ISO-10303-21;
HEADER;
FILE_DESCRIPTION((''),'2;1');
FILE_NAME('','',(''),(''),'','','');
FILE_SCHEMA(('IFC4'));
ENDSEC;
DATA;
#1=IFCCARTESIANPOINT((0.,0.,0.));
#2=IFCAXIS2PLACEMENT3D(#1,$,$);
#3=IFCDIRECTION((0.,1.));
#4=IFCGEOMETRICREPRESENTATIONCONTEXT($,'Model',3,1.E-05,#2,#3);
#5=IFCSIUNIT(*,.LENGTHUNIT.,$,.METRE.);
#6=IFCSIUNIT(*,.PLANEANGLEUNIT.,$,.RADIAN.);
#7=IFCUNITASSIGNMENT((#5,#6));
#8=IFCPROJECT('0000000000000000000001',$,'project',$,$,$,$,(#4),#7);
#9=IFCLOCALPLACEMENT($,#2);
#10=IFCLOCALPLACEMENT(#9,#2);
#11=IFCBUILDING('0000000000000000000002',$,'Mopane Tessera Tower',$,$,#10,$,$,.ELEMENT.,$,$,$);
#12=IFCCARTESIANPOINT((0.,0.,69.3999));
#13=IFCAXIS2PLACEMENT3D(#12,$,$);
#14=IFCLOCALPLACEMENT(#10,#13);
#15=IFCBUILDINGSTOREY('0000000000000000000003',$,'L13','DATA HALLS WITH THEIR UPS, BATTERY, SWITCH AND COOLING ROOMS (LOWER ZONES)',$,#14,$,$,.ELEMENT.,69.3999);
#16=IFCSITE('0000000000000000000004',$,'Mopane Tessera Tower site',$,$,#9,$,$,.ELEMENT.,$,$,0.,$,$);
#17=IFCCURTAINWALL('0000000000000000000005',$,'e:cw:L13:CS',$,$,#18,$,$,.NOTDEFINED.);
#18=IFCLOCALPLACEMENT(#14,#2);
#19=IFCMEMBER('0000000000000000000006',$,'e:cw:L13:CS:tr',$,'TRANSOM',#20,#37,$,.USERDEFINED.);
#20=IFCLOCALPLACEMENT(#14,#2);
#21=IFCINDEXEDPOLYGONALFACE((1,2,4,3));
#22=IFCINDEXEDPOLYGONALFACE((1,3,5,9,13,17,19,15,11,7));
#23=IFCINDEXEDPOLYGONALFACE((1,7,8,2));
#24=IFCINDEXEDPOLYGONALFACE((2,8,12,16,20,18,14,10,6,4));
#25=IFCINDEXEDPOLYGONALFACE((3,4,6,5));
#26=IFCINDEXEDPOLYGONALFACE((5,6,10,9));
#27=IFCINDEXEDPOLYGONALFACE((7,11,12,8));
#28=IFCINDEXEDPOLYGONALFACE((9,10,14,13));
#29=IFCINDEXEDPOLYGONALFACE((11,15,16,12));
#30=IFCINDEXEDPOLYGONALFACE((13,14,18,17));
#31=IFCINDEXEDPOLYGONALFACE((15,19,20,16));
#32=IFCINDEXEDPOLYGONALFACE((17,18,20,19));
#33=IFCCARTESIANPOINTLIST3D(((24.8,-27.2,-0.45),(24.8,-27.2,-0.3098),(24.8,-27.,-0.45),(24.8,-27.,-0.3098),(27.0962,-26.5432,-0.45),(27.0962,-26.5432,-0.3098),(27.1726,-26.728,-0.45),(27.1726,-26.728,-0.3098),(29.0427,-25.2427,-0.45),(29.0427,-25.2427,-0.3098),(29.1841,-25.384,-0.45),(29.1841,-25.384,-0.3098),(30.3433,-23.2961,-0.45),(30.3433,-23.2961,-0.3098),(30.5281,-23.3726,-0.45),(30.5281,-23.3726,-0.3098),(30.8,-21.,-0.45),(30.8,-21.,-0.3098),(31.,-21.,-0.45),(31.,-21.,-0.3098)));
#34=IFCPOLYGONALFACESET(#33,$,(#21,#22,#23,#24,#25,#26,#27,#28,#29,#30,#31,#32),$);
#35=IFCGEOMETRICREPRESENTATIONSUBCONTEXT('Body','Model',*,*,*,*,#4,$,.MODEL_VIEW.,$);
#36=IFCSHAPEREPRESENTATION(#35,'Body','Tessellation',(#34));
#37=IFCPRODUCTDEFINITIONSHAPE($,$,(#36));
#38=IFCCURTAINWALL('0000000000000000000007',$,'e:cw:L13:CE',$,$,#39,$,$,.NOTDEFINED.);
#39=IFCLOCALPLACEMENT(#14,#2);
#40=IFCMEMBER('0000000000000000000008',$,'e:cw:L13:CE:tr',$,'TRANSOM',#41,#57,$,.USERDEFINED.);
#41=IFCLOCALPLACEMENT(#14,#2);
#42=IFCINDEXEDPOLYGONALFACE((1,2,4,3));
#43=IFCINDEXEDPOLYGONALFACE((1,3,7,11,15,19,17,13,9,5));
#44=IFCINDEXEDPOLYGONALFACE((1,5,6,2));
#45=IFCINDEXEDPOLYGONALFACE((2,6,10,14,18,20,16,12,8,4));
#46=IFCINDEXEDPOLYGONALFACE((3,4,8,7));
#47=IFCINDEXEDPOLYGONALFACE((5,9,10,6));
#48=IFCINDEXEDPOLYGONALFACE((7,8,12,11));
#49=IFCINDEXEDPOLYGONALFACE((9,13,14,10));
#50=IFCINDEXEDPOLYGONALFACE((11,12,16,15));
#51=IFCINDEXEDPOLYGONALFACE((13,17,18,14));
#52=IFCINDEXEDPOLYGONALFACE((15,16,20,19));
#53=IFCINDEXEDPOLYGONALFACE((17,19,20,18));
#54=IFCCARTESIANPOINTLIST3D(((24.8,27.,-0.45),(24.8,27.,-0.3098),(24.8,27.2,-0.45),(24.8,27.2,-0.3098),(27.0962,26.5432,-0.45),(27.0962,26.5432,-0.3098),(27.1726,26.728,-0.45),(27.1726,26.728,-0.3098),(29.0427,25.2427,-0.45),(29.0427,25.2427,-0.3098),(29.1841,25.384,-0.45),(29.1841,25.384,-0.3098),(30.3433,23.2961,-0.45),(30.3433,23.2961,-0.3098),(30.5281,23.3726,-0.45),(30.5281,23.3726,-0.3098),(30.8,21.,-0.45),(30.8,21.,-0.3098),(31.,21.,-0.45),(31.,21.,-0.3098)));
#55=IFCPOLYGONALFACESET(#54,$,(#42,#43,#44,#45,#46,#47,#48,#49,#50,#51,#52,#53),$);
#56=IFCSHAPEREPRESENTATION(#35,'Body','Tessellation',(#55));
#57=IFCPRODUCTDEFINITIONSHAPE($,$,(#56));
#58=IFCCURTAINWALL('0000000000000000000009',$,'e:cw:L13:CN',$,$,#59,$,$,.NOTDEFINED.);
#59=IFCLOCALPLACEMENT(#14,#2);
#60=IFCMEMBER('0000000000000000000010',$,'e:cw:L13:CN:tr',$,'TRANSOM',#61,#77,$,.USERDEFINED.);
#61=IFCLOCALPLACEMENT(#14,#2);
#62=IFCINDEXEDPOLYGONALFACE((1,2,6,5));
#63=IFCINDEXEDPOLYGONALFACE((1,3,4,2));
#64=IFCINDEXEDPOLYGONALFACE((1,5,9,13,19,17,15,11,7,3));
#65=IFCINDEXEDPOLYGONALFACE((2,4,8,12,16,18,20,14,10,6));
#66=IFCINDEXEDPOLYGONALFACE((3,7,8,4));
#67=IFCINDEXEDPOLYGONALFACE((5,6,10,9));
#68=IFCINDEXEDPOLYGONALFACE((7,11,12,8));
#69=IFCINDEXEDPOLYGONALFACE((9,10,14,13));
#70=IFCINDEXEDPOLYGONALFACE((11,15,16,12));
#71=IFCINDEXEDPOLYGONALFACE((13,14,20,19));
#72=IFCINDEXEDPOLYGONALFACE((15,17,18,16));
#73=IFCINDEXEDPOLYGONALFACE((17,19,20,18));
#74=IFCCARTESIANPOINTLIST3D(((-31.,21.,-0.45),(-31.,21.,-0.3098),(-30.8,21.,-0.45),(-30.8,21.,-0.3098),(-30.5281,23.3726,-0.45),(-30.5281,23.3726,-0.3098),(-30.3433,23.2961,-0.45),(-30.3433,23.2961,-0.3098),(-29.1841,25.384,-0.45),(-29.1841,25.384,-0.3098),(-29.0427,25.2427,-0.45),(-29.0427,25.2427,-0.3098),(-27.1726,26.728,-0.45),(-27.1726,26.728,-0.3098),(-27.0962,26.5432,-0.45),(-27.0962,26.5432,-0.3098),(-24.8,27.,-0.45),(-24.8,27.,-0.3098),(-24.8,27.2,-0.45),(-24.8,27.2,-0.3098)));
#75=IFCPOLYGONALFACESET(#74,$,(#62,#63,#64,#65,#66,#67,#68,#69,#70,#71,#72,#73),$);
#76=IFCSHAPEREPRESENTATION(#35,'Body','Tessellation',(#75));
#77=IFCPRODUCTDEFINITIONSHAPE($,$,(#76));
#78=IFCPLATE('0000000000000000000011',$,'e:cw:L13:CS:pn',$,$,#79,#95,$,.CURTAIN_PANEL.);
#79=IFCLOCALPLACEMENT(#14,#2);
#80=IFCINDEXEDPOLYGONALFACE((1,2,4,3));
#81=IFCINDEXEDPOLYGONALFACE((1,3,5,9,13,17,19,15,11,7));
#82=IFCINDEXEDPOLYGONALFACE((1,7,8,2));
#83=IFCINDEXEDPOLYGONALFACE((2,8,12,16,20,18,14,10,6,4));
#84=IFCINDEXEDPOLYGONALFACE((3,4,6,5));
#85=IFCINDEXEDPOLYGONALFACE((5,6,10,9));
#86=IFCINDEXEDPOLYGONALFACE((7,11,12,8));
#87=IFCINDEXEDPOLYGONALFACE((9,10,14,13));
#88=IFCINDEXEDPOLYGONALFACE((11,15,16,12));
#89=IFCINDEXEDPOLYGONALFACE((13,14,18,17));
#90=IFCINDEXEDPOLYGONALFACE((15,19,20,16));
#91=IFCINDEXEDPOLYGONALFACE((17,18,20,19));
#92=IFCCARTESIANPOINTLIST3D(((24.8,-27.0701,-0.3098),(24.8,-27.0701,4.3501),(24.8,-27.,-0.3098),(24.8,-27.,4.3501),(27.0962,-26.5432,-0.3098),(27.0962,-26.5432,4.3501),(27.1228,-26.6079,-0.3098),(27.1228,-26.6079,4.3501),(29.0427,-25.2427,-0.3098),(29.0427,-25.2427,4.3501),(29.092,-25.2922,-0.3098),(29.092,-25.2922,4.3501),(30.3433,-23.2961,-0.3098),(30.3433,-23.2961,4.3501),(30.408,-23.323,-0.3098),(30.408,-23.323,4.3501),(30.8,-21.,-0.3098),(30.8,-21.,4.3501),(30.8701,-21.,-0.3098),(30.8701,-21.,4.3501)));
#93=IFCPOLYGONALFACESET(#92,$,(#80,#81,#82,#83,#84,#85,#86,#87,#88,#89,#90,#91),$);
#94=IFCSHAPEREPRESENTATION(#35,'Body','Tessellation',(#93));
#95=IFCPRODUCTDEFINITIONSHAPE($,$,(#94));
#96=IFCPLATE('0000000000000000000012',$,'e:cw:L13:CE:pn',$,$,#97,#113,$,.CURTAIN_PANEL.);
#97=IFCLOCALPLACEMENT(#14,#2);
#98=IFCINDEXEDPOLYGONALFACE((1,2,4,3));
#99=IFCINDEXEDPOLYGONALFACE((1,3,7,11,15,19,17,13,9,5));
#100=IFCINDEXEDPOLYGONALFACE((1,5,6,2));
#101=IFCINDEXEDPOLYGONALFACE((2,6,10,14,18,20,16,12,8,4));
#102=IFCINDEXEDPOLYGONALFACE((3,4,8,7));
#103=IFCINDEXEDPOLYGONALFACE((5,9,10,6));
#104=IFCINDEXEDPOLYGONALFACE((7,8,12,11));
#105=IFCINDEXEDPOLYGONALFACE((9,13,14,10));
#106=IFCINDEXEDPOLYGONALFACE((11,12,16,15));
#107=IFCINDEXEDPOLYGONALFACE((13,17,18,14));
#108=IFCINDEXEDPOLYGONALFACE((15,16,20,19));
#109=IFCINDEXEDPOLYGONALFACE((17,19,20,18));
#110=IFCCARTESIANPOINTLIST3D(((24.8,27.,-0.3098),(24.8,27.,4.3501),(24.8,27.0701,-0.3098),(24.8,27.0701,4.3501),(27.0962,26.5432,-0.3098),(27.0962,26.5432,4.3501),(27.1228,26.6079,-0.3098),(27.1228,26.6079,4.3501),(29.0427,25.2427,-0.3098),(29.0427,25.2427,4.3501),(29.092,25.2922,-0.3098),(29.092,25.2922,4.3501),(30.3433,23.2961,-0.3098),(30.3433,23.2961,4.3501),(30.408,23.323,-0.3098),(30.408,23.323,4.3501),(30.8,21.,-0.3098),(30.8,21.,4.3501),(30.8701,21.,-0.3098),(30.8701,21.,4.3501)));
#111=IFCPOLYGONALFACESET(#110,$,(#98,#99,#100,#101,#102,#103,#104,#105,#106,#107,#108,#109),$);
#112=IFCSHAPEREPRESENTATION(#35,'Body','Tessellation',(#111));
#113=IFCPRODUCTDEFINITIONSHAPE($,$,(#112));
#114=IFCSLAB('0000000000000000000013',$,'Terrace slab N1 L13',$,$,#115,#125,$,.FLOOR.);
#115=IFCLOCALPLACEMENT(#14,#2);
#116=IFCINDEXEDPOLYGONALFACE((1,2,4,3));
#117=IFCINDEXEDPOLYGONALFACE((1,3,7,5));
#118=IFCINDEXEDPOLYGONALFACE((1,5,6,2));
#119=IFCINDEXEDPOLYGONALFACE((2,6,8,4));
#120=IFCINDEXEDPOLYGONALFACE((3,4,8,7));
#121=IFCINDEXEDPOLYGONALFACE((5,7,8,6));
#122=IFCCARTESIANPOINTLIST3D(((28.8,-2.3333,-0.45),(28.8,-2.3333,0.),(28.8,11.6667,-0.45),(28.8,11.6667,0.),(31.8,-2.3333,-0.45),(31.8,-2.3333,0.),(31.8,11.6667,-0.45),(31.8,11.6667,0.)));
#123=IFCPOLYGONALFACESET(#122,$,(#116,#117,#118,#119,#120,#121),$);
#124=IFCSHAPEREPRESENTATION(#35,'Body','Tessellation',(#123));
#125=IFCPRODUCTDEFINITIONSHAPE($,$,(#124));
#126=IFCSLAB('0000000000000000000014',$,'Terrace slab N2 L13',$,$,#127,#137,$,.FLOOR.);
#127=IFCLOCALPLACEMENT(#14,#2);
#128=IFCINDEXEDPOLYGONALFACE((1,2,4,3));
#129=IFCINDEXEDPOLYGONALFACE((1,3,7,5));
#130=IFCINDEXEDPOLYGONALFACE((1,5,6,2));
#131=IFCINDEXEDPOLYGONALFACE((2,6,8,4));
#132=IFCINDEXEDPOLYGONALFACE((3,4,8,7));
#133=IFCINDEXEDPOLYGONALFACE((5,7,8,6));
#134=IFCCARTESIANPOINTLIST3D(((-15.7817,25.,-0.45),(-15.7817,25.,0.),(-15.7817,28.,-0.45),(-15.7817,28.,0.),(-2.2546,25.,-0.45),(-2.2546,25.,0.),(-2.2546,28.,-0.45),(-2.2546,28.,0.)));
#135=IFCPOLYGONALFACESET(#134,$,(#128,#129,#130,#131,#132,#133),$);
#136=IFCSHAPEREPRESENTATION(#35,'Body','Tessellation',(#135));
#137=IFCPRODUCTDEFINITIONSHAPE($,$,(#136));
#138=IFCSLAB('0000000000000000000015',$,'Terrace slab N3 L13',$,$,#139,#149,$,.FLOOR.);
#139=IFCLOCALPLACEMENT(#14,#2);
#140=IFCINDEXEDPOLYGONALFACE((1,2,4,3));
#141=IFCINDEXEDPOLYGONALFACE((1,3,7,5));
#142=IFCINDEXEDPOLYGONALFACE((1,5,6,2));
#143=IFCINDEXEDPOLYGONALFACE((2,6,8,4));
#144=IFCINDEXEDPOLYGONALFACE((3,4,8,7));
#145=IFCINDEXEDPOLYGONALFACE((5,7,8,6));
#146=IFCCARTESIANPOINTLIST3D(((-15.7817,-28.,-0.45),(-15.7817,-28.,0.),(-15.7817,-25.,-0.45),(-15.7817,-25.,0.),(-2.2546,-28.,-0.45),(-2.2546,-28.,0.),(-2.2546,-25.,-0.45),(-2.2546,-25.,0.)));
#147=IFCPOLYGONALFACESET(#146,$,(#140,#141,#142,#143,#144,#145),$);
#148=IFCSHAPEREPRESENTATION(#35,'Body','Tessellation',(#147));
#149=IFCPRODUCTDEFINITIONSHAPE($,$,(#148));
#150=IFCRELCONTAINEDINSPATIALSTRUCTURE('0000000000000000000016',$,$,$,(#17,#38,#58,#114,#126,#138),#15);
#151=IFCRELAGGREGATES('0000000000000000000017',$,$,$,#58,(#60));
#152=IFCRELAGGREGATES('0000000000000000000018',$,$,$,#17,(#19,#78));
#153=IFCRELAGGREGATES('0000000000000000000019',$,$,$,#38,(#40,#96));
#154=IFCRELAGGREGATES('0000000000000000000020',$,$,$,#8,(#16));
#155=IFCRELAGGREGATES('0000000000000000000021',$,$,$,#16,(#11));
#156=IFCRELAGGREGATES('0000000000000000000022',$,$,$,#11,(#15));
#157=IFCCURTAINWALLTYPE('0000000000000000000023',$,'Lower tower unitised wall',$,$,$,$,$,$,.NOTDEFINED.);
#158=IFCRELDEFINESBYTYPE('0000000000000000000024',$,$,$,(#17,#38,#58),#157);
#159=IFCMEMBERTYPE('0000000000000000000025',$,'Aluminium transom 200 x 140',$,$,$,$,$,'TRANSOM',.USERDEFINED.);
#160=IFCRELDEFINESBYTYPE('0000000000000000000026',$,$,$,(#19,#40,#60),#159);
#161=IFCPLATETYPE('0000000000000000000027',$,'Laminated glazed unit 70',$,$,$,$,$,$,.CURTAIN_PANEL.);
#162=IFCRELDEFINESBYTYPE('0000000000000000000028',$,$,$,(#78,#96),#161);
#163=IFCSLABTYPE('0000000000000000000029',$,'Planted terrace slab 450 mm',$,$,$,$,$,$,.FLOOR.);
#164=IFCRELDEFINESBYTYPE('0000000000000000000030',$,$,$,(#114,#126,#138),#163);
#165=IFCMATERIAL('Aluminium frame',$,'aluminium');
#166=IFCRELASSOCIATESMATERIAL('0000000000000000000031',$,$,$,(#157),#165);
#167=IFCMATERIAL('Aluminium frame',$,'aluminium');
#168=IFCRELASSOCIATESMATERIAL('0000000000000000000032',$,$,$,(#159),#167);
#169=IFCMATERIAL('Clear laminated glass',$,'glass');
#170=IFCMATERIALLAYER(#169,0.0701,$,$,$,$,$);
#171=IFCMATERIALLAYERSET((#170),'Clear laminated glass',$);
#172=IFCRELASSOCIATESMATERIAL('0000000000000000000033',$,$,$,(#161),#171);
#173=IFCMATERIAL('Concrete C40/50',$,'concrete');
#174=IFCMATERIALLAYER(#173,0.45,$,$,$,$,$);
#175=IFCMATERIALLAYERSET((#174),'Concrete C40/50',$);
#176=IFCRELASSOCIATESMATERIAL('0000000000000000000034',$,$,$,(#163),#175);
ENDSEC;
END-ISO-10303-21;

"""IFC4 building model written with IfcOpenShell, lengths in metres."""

from ifc_helpers import new_model, si_unit, direction, frame, origin, origin_2d, place, context, subcontext, project, spatial, polyline, rectangle, outline, extrude, material, layer, layer_set, material_profile, profile_set, type_object, element, aggregate, save


model = new_model("IFC4")

# Units and contexts
model_context = context("Model", 3, precision=1e-05, world=origin(), true_north=direction((0.0, 1.0)))
body_context = subcontext(model_context, "Body", "Model", "MODEL_VIEW")
ifc_project = project(units=[si_unit("LENGTHUNIT", "METRE"), si_unit("PLANEANGLEUNIT", "RADIAN")], contexts=[model_context])

# Site, building, storey
site_placement = place(None, origin())
site = spatial("IfcSite", under=ifc_project, at=site_placement, Name="Mopane Tessera Tower site", CompositionType="ELEMENT", RefElevation=0.0)
building_placement = place(site_placement, origin())
building = spatial("IfcBuilding", under=site, at=building_placement, Name="Mopane Tessera Tower", CompositionType="ELEMENT")
storey_placement = place(building_placement, frame((0.0, 0.0, 69.3999)))
storey = spatial("IfcBuildingStorey", under=building, at=storey_placement, Name="L13", Description="DATA HALLS WITH THEIR UPS, BATTERY, SWITCH AND COOLING ROOMS (LOWER ZONES)", CompositionType="ELEMENT", Elevation=69.3999)

# Curtain walls, members
ifc_material_1 = material(Name="Aluminium frame", Category="aluminium")
curtain_wall_type = type_object("IfcCurtainWallType", Name="Lower tower unitised wall", PredefinedType="NOTDEFINED", material=ifc_material_1)
curtain_wall_1_placement = place(storey_placement, origin())
curtain_wall_1 = element("IfcCurtainWall", 1, at=curtain_wall_1_placement, inside=storey, type_object=curtain_wall_type, Name="e:cw:L13:CS", PredefinedType="NOTDEFINED")
ifc_material_2 = material(Name="Aluminium frame", Category="aluminium")
ifc_material_profile = material_profile(ifc_material_2, rectangle(XDim=0.2, YDim=0.1399, at=origin_2d()))
ifc_profile_set = profile_set([ifc_material_profile], Name="Aluminium frame")
member_type = type_object("IfcMemberType", Name="Aluminium transom 200 x 140", ElementType="TRANSOM", PredefinedType="USERDEFINED", material=ifc_profile_set)
member_1_placement = place(storey_placement, frame((0.0, 0.0, -0.45)))
member_1 = element("IfcMember", 2, at=member_1_placement, type_object=member_type, Name="e:cw:L13:CS:tr", ObjectType="TRANSOM", PredefinedType="USERDEFINED", context=body_context, shape_type="SweptSolid", body=[
    extrude(outline(polyline([(24.8, -27.0), (27.0962, -26.5432), (29.0427, -25.2427), (30.3433, -23.2961), (30.8, -21.0), (31.0, -21.0), (30.5281, -23.3726), (29.1841, -25.384), (27.1726, -26.728), (24.8, -27.2), (24.8, -27.0)])), origin(), (0.0, 0.0, 1.0), 0.1401),
])
curtain_wall_2_placement = place(storey_placement, origin())
curtain_wall_2 = element("IfcCurtainWall", 3, at=curtain_wall_2_placement, inside=storey, type_object=curtain_wall_type, Name="e:cw:L13:CE", PredefinedType="NOTDEFINED")
member_2_placement = place(storey_placement, frame((0.0, 0.0, -0.45)))
member_2 = element("IfcMember", 4, at=member_2_placement, type_object=member_type, Name="e:cw:L13:CE:tr", ObjectType="TRANSOM", PredefinedType="USERDEFINED", context=body_context, shape_type="SweptSolid", body=[
    extrude(outline(polyline([(30.8, 21.0), (30.3433, 23.2961), (29.0427, 25.2427), (27.0962, 26.5432), (24.8, 27.0), (24.8, 27.2), (27.1726, 26.728), (29.1841, 25.384), (30.5281, 23.3726), (31.0, 21.0), (30.8, 21.0)])), origin(), (0.0, 0.0, 1.0), 0.1401),
])
curtain_wall_3_placement = place(storey_placement, origin())
curtain_wall_3 = element("IfcCurtainWall", 5, at=curtain_wall_3_placement, inside=storey, type_object=curtain_wall_type, Name="e:cw:L13:CN", PredefinedType="NOTDEFINED")
member_3_placement = place(storey_placement, frame((0.0, 0.0, -0.45)))
member_3 = element("IfcMember", 6, at=member_3_placement, type_object=member_type, Name="e:cw:L13:CN:tr", ObjectType="TRANSOM", PredefinedType="USERDEFINED", context=body_context, shape_type="SweptSolid", body=[
    extrude(outline(polyline([(-24.8, 27.0), (-27.0962, 26.5432), (-29.0427, 25.2427), (-30.3433, 23.2961), (-30.8, 21.0), (-31.0, 21.0), (-30.5281, 23.3726), (-29.1841, 25.384), (-27.1726, 26.728), (-24.8, 27.2), (-24.8, 27.0)])), origin(), (0.0, 0.0, 1.0), 0.1401),
])
aggregate(curtain_wall_3, [member_3])

# Plates
ifc_material_3 = material(Name="Clear laminated glass", Category="glass")
ifc_layer_1 = layer(ifc_material_3, 0.0701)
ifc_layer_set_1 = layer_set([ifc_layer_1], Name="Clear laminated glass")
plate_type = type_object("IfcPlateType", Name="Laminated glazed unit 70", PredefinedType="CURTAIN_PANEL", material=ifc_layer_set_1)
plate_1_placement = place(storey_placement, frame((0.0, 0.0, -0.3098)))
plate_1 = element("IfcPlate", 7, at=plate_1_placement, type_object=plate_type, Name="e:cw:L13:CS:pn", PredefinedType="CURTAIN_PANEL", context=body_context, shape_type="SweptSolid", body=[
    extrude(outline(polyline([(24.8, -27.0), (27.0962, -26.5432), (29.0427, -25.2427), (30.3433, -23.2961), (30.8, -21.0), (30.8701, -21.0), (30.408, -23.323), (29.092, -25.2922), (27.1228, -26.6079), (24.8, -27.0701), (24.8, -27.0)])), origin(), (0.0, 0.0, 1.0), 4.6599),
])
aggregate(curtain_wall_1, [member_1, plate_1])
plate_2_placement = place(storey_placement, frame((0.0, 0.0, -0.3098)))
plate_2 = element("IfcPlate", 8, at=plate_2_placement, type_object=plate_type, Name="e:cw:L13:CE:pn", PredefinedType="CURTAIN_PANEL", context=body_context, shape_type="SweptSolid", body=[
    extrude(outline(polyline([(30.8, 21.0), (30.3433, 23.2961), (29.0427, 25.2427), (27.0962, 26.5432), (24.8, 27.0), (24.8, 27.0701), (27.1228, 26.6079), (29.092, 25.2922), (30.408, 23.323), (30.8701, 21.0), (30.8, 21.0)])), origin(), (0.0, 0.0, 1.0), 4.6599),
])
aggregate(curtain_wall_2, [member_2, plate_2])

# Slabs
ifc_material_4 = material(Name="Concrete C40/50", Category="concrete")
ifc_layer_2 = layer(ifc_material_4, 0.45)
ifc_layer_set_2 = layer_set([ifc_layer_2], Name="Concrete C40/50")
slab_type_1 = type_object("IfcSlabType", Name="Planted terrace slab 450 mm", PredefinedType="FLOOR", material=ifc_layer_set_2)
slab_1_placement = place(storey_placement, frame((0.0, 0.0, -0.45)))
element("IfcSlab", 9, at=slab_1_placement, inside=storey, type_object=slab_type_1, Name="Terrace slab N1 L13", PredefinedType="FLOOR", context=body_context, shape_type="SweptSolid", body=[
    extrude(outline(polyline([(31.8, 11.6667), (28.8, 11.6667), (28.8, -2.3333), (31.8, -2.3333), (31.8, 11.6667)])), origin(), (0.0, 0.0, 1.0), 0.45),
])
slab_2_placement = place(storey_placement, frame((0.0, 0.0, -0.45)))
element("IfcSlab", 10, at=slab_2_placement, inside=storey, type_object=slab_type_1, Name="Terrace slab N2 L13", PredefinedType="FLOOR", context=body_context, shape_type="SweptSolid", body=[
    extrude(outline(polyline([(-15.7817, 28.0), (-15.7817, 25.0), (-2.2546, 25.0), (-2.2546, 28.0), (-15.7817, 28.0)])), origin(), (0.0, 0.0, 1.0), 0.45),
])
slab_3_placement = place(storey_placement, frame((0.0, 0.0, -0.45)))
element("IfcSlab", 11, at=slab_3_placement, inside=storey, type_object=slab_type_1, Name="Terrace slab N3 L13", PredefinedType="FLOOR", context=body_context, shape_type="SweptSolid", body=[
    extrude(outline(polyline([(-2.2546, -28.0), (-2.2546, -25.0), (-15.7817, -25.0), (-15.7817, -28.0), (-2.2546, -28.0)])), origin(), (0.0, 0.0, 1.0), 0.45),
])

save(model, "model.ifc")
